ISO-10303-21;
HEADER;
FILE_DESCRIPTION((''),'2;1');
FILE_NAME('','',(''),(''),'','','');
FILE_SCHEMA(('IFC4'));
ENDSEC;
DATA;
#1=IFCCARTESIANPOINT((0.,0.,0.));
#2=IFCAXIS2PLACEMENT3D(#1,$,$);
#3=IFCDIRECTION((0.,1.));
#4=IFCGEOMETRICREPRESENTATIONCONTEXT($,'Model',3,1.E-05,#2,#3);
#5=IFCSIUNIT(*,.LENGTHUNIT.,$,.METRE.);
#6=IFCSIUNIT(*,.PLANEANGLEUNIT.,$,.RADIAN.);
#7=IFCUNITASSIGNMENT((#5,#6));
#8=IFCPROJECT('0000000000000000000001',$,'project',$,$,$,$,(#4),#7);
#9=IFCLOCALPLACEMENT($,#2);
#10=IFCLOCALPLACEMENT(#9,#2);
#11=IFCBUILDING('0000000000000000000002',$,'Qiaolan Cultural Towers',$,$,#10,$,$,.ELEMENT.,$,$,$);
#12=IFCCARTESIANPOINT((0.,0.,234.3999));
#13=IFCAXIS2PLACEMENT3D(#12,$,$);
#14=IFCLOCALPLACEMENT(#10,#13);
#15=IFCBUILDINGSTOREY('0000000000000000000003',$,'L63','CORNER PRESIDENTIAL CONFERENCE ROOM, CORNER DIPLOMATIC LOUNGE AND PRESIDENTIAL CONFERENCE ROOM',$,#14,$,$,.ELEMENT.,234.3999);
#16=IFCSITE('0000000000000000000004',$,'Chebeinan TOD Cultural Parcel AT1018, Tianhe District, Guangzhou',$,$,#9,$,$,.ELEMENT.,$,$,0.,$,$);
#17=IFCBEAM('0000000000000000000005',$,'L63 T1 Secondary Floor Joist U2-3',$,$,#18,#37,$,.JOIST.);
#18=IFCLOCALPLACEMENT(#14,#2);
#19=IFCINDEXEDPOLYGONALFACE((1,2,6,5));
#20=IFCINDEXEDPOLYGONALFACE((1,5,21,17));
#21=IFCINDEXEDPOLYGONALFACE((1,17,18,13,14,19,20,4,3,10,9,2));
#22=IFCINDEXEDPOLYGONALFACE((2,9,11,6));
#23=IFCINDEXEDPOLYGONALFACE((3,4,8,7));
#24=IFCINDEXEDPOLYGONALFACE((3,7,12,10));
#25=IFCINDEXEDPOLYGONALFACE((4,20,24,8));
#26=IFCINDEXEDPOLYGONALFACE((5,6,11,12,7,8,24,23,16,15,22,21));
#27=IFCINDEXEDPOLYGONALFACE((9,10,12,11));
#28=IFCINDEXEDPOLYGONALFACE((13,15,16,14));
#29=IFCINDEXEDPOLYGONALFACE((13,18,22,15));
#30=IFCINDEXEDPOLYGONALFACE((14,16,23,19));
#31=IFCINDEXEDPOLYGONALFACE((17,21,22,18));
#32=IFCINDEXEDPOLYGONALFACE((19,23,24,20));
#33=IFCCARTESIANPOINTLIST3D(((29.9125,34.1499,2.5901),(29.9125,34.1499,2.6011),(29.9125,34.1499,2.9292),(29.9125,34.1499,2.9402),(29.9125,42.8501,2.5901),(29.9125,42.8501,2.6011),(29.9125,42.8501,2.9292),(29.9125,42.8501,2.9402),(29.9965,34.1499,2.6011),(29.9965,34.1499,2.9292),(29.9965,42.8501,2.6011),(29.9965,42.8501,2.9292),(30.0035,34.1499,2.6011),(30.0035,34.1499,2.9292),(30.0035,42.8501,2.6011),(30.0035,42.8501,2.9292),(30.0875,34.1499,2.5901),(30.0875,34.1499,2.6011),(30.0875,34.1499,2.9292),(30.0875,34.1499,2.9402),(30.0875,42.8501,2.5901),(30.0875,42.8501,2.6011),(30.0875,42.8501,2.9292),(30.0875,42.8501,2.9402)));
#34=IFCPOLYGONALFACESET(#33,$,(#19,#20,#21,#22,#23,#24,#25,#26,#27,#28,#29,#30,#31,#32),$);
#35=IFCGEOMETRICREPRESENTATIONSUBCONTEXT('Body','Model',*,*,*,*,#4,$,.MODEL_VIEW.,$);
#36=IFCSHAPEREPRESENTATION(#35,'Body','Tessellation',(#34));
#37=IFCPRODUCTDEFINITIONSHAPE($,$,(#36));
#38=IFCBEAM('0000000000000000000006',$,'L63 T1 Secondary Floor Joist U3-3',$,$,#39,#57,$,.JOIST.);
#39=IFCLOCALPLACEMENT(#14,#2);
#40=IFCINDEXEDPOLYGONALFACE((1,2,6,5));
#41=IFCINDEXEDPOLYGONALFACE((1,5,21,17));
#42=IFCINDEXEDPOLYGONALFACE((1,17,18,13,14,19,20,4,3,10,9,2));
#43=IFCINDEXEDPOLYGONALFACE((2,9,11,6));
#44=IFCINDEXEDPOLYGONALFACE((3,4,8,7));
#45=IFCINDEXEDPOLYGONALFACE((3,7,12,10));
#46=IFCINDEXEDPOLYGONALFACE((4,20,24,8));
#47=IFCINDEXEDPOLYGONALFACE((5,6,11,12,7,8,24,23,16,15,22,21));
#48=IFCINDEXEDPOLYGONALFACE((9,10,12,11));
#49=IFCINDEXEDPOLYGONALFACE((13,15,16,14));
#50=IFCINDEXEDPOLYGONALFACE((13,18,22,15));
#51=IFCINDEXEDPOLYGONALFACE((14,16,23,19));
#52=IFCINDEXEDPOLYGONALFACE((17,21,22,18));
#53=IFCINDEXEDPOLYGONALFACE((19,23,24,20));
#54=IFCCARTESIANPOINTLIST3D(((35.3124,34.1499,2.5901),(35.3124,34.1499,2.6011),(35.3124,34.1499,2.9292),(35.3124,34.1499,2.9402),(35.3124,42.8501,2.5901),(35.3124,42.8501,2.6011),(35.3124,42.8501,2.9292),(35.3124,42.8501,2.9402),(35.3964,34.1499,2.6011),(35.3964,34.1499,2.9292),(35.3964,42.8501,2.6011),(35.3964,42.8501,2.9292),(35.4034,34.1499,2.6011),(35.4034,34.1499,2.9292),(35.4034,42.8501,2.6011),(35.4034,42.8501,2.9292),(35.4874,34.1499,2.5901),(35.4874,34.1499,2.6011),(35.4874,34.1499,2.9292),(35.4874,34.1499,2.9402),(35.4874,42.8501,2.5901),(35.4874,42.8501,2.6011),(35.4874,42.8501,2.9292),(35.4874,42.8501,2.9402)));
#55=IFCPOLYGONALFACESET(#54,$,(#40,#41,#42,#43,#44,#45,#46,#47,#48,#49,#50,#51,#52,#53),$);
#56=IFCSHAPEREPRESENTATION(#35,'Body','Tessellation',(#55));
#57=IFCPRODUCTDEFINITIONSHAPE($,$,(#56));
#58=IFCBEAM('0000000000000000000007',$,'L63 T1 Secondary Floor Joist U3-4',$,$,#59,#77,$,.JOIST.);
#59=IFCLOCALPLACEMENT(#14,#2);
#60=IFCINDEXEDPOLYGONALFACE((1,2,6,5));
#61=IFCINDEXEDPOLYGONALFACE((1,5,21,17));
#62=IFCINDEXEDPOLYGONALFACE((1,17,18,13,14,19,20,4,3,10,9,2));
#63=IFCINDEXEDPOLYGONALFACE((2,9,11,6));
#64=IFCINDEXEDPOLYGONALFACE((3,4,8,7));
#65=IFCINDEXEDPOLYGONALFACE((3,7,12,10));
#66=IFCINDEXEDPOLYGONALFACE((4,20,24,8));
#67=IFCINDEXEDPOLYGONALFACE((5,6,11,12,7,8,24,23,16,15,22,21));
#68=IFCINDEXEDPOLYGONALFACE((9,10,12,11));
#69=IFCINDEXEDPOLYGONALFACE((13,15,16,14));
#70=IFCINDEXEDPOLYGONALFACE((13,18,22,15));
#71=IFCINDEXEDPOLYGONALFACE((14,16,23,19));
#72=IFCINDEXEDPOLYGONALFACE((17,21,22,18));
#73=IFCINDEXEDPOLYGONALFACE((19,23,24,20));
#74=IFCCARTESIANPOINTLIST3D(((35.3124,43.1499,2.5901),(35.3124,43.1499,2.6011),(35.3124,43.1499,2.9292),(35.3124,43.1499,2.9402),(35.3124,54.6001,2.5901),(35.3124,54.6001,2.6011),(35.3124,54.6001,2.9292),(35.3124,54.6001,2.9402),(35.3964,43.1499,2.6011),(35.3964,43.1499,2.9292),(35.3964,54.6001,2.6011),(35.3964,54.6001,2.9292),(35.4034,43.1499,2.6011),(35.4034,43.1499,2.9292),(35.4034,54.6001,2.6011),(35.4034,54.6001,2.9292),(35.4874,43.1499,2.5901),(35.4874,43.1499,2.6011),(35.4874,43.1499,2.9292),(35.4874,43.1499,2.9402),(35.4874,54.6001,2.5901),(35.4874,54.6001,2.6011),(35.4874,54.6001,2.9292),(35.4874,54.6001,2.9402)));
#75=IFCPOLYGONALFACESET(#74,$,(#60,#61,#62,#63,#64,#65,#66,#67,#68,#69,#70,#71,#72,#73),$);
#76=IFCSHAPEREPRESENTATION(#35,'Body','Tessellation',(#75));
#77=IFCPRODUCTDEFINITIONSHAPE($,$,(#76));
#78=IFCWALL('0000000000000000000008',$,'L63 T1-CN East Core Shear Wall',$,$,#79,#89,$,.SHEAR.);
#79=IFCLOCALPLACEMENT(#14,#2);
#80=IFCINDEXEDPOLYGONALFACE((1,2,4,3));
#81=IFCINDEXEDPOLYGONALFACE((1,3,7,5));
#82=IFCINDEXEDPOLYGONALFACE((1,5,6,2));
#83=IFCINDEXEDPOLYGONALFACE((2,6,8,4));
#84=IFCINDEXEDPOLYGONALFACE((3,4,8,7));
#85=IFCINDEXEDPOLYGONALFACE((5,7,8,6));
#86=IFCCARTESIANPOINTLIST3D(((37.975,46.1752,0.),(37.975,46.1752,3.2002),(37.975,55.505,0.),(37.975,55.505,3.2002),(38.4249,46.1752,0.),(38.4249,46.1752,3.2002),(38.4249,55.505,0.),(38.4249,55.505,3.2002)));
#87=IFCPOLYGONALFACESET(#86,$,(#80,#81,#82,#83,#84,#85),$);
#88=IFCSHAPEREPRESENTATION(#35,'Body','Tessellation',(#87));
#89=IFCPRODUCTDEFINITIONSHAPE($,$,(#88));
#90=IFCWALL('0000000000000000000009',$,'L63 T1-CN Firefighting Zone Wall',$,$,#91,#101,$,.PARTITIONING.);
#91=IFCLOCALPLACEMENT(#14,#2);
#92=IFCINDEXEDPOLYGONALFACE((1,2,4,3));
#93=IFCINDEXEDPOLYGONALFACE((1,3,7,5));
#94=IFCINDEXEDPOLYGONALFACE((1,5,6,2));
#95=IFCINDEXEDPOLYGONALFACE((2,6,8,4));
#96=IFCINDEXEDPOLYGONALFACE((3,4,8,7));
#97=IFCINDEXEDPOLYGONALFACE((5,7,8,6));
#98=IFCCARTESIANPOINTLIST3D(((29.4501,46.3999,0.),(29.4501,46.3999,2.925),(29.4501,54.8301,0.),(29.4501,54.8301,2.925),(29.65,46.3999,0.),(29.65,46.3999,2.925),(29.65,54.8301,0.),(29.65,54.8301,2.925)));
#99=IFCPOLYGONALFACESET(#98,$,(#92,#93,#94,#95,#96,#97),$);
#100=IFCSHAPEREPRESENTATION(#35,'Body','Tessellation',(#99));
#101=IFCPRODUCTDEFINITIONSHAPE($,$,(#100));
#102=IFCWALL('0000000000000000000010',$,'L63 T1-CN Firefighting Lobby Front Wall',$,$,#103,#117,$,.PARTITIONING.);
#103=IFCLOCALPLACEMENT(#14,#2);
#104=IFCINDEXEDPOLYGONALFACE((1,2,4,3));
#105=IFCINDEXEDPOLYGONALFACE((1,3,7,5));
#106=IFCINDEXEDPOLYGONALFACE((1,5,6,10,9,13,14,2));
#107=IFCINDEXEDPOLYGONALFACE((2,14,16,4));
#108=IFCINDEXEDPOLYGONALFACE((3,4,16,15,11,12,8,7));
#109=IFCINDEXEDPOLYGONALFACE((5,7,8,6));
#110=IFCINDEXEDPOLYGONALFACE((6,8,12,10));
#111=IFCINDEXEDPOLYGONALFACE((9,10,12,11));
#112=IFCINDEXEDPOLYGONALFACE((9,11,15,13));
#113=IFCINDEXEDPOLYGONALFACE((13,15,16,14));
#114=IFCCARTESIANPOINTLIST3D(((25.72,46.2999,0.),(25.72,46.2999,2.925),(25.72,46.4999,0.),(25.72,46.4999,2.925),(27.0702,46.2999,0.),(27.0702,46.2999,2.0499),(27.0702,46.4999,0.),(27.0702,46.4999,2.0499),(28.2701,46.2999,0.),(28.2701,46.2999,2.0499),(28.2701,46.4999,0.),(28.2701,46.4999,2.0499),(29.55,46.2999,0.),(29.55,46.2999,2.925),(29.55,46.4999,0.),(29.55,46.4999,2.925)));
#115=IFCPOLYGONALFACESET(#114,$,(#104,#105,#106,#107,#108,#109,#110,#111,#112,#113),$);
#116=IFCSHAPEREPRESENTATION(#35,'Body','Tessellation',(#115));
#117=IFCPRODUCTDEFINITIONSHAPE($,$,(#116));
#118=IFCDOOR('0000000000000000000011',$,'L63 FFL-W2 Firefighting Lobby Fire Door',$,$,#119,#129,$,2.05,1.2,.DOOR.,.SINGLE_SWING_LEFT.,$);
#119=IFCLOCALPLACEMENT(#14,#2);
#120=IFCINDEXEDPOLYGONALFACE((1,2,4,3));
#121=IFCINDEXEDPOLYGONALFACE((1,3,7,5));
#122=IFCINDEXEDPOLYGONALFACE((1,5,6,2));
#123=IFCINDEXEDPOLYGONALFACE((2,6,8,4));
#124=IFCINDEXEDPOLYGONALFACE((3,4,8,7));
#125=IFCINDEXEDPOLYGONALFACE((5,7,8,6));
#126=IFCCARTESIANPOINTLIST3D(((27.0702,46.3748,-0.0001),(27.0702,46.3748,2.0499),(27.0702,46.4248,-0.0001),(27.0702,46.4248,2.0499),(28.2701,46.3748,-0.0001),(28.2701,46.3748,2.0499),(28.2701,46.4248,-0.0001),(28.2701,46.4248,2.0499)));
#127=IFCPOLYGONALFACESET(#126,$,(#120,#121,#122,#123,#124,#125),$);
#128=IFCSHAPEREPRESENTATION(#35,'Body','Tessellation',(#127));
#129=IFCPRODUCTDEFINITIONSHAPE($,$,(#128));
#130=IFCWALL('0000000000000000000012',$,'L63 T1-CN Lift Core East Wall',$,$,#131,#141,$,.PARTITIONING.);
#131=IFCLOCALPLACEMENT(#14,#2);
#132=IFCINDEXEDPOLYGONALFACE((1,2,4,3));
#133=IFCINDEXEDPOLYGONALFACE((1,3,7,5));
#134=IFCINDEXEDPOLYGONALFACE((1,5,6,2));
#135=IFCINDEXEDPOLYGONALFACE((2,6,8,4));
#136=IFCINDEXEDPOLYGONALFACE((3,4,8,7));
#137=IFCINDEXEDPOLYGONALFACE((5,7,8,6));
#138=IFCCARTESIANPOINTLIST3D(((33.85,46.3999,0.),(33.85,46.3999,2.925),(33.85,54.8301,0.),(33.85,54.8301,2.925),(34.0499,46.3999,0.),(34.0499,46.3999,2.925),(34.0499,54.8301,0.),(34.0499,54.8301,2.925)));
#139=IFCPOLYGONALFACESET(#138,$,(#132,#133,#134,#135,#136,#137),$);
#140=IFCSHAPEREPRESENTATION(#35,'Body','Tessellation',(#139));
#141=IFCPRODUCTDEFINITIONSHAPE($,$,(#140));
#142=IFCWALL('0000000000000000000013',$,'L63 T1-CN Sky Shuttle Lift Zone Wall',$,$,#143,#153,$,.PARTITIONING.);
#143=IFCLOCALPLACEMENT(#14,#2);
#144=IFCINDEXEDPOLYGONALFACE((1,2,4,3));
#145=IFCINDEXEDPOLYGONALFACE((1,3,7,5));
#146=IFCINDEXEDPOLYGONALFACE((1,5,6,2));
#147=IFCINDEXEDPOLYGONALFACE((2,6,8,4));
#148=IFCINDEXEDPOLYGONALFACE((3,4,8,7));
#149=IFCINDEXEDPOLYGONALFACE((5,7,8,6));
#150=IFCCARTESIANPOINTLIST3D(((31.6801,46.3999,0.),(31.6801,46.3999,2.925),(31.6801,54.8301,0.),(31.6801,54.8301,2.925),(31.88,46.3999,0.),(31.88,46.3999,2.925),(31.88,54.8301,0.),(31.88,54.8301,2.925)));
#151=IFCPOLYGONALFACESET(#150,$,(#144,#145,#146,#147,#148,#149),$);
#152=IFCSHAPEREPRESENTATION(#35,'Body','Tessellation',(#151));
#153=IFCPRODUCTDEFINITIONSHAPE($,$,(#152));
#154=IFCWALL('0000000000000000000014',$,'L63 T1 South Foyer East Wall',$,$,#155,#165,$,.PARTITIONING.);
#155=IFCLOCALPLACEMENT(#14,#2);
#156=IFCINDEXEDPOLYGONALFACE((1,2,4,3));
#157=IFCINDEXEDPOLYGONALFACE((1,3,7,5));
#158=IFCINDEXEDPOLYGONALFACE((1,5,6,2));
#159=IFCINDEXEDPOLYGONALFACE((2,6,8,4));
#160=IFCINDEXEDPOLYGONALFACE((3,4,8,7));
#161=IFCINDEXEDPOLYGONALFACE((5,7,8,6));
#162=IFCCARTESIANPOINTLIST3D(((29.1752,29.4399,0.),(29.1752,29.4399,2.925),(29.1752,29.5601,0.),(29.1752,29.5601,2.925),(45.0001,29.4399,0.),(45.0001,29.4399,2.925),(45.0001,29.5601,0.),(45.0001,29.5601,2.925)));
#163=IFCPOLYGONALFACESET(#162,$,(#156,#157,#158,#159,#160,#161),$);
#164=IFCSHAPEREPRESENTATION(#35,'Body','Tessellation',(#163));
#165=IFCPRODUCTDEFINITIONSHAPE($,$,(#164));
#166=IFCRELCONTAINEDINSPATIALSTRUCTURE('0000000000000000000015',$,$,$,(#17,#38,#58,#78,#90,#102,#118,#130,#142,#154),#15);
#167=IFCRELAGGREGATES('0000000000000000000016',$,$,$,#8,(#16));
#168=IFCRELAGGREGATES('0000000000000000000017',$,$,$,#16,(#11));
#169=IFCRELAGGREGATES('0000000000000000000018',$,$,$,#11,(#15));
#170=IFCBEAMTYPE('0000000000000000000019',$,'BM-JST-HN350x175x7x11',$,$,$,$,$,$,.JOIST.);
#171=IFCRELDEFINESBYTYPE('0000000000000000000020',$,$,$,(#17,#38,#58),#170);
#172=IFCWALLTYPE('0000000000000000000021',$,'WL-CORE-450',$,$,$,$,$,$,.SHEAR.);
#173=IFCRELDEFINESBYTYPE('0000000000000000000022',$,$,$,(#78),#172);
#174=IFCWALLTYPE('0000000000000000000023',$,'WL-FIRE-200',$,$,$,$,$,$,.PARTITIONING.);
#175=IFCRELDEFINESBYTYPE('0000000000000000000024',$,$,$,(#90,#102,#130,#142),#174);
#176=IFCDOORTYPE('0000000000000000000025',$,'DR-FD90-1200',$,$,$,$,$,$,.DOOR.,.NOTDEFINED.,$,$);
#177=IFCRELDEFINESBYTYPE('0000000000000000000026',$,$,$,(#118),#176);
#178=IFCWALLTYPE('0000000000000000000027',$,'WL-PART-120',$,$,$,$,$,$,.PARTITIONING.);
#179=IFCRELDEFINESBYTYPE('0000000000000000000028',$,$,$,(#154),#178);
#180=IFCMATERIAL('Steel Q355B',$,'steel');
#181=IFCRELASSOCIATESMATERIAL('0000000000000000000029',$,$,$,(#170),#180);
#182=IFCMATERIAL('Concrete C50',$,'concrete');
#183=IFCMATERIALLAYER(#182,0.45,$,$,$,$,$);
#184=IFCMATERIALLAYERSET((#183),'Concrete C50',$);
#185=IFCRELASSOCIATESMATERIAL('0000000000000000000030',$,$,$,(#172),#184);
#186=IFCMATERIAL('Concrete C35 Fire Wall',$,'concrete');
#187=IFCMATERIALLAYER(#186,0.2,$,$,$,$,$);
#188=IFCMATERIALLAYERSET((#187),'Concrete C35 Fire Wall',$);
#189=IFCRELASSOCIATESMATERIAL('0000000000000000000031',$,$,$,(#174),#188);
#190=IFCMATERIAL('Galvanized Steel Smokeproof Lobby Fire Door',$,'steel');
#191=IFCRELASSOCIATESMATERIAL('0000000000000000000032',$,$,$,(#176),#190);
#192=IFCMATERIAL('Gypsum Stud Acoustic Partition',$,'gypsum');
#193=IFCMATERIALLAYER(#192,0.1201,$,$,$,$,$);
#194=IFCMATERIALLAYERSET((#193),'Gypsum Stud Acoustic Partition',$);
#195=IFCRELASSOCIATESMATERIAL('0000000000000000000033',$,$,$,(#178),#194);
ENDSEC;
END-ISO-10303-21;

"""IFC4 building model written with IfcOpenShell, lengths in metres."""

from ifc_helpers import new_model, si_unit, direction, frame, frame_2d, origin, origin_2d, place, context, subcontext, project, spatial, rectangle, i_section, extrude, material, layer, layer_set, material_profile, profile_set, type_object, element, fill, save


model = new_model("IFC4")

# Units and contexts
model_context = context("Model", 3, precision=1e-05, world=origin(), true_north=direction((0.0, 1.0)))
body_context = subcontext(model_context, "Body", "Model", "MODEL_VIEW")
ifc_project = project(units=[si_unit("LENGTHUNIT", "METRE"), si_unit("PLANEANGLEUNIT", "RADIAN")], contexts=[model_context])

# Site, building, storey
site_placement = place(None, origin())
site = spatial("IfcSite", under=ifc_project, at=site_placement, Name="Chebeinan TOD Cultural Parcel AT1018, Tianhe District, Guangzhou", CompositionType="ELEMENT", RefElevation=0.0)
building_placement = place(site_placement, origin())
building = spatial("IfcBuilding", under=site, at=building_placement, Name="Qiaolan Cultural Towers", CompositionType="ELEMENT")
storey_placement = place(building_placement, frame((0.0, 0.0, 234.3999)))
storey = spatial("IfcBuildingStorey", under=building, at=storey_placement, Name="L63", Description="CORNER PRESIDENTIAL CONFERENCE ROOM, CORNER DIPLOMATIC LOUNGE AND PRESIDENTIAL CONFERENCE ROOM", CompositionType="ELEMENT", Elevation=234.3999)

# Beams
ifc_material_1 = material(Name="Steel Q355B", Category="steel")
ifc_material_profile = material_profile(ifc_material_1, i_section(OverallWidth=0.175, OverallDepth=0.3501, WebThickness=0.0071, FlangeThickness=0.011, at=origin_2d()), Name="HN350x175x7x11")
ifc_profile_set = profile_set([ifc_material_profile], Name="Steel Q355B")
beam_type = type_object("IfcBeamType", Name="BM-JST-HN350x175x7x11", PredefinedType="JOIST", material=ifc_profile_set)
for number, where, z_axis, x_axis, name in (
    (1, (30.0, 34.1499, 2.7651), (0.0, 1.0, 0.0), (-1.0, 0.0, 0.0), "L63 T1 Secondary Floor Joist U2-3"),
    (2, (35.3999, 34.1499, 2.7651), (0.0, 1.0, 0.0), (-1.0, 0.0, 0.0), "L63 T1 Secondary Floor Joist U3-3"),
):
    element("IfcBeam", number, at=place(storey_placement, frame(where, z_axis=z_axis, x_axis=x_axis)), inside=storey, type_object=beam_type, Name=name, PredefinedType="JOIST", context=body_context, shape_type="SweptSolid", body=[
        extrude(i_section(OverallWidth=0.175, OverallDepth=0.3501, WebThickness=0.0071, FlangeThickness=0.011, at=origin_2d()), origin(), (0.0, 0.0, 1.0), 8.7002),
    ])
beam_placement = place(storey_placement, frame((35.3999, 43.1499, 2.7651), z_axis=(0.0, 1.0, 0.0), x_axis=(-1.0, 0.0, 0.0)))
element("IfcBeam", 3, at=beam_placement, inside=storey, type_object=beam_type, Name="L63 T1 Secondary Floor Joist U3-4", PredefinedType="JOIST", context=body_context, shape_type="SweptSolid", body=[
    extrude(i_section(OverallWidth=0.175, OverallDepth=0.3501, WebThickness=0.0071, FlangeThickness=0.011, at=origin_2d()), origin(), (0.0, 0.0, 1.0), 11.4502),
])

# Walls
ifc_material_2 = material(Name="Concrete C50", Category="concrete")
ifc_layer_1 = layer(ifc_material_2, 0.45)
ifc_layer_set_1 = layer_set([ifc_layer_1], Name="Concrete C50")
wall_type_1 = type_object("IfcWallType", Name="WL-CORE-450", PredefinedType="SHEAR", material=ifc_layer_set_1)
wall_1_placement = place(storey_placement, frame((38.2, 46.175, 0.0), z_axis=(0.0, 0.0, 1.0), x_axis=(0.0, 1.0, 0.0)))
element("IfcWall", 4, at=wall_1_placement, inside=storey, type_object=wall_type_1, Name="L63 T1-CN East Core Shear Wall", PredefinedType="SHEAR", context=body_context, shape_type="SweptSolid", body=[
    extrude(rectangle(XDim=9.3298, YDim=0.45, at=frame_2d((4.665, 0.0))), origin(), (0.0, 0.0, 1.0), 3.2002),
])
ifc_material_3 = material(Name="Concrete C35 Fire Wall", Category="concrete")
ifc_layer_2 = layer(ifc_material_3, 0.2)
ifc_layer_set_2 = layer_set([ifc_layer_2], Name="Concrete C35 Fire Wall")
wall_type_2 = type_object("IfcWallType", Name="WL-FIRE-200", PredefinedType="PARTITIONING", material=ifc_layer_set_2)
wall_2_placement = place(storey_placement, frame((29.55, 46.3999, 0.0), z_axis=(0.0, 0.0, 1.0), x_axis=(0.0, 1.0, 0.0)))
element("IfcWall", 5, at=wall_2_placement, inside=storey, type_object=wall_type_2, Name="L63 T1-CN Firefighting Zone Wall", PredefinedType="PARTITIONING", context=body_context, shape_type="SweptSolid", body=[
    extrude(rectangle(XDim=8.4302, YDim=0.2, at=frame_2d((4.2151, 0.0))), origin(), (0.0, 0.0, 1.0), 2.925),
])

# Wall, opening, door
wall_3_placement = place(storey_placement, frame((25.72, 46.3999, 0.0), z_axis=(0.0, 0.0, 1.0), x_axis=(1.0, 0.0, 0.0)))
wall_3 = element("IfcWall", 6, at=wall_3_placement, inside=storey, type_object=wall_type_2, Name="L63 T1-CN Firefighting Lobby Front Wall", PredefinedType="PARTITIONING", context=body_context, shape_type="SweptSolid", body=[
    extrude(rectangle(XDim=3.8301, YDim=0.2, at=frame_2d((1.915, 0.0))), origin(), (0.0, 0.0, 1.0), 2.925),
])
opening_1_placement = place(wall_3_placement, frame((1.3501, 0.0, 0.0)))
opening_1 = element("IfcOpeningElement", 7, at=opening_1_placement, cuts=wall_3, PredefinedType="OPENING", context=body_context, shape_type="SweptSolid", body=[
    extrude(rectangle(XDim=1.2, YDim=2.05, at=frame_2d((0.6001, 1.0249))), frame((0.0, 0.1099, 0.0), z_axis=(0.0, -1.0, 0.0), x_axis=(1.0, 0.0, 0.0)), (0.0, 0.0, 1.0), 0.22),
])
ifc_material_4 = material(Name="Galvanized Steel Smokeproof Lobby Fire Door", Category="steel")
door_type_1 = type_object("IfcDoorType", Name="DR-FD90-1200", OperationType="NOTDEFINED", PredefinedType="DOOR", material=ifc_material_4)
door_1_placement = place(opening_1_placement, origin())
door_1 = element("IfcDoor", 8, at=door_1_placement, inside=storey, type_object=door_type_1, Name="L63 FFL-W2 Firefighting Lobby Fire Door", OperationType="SINGLE_SWING_LEFT", OverallHeight=2.05, OverallWidth=1.2, PredefinedType="DOOR", context=body_context, shape_type="SweptSolid", body=[
    extrude(rectangle(XDim=1.2, YDim=2.05, at=frame_2d((0.6001, 1.0249))), frame((0.0, 0.0249, 0.0), z_axis=(0.0, -1.0, 0.0), x_axis=(1.0, 0.0, 0.0)), (0.0, 0.0, 1.0), 0.05),
])
fill(opening_1, door_1)

# Walls
for number, where, z_axis, x_axis, name in (
    (9, (33.95, 46.3999, 0.0), (0.0, 0.0, 1.0), (0.0, 1.0, 0.0), "L63 T1-CN Lift Core East Wall"),
    (10, (31.78, 46.3999, 0.0), (0.0, 0.0, 1.0), (0.0, 1.0, 0.0), "L63 T1-CN Sky Shuttle Lift Zone Wall"),
):
    element("IfcWall", number, at=place(storey_placement, frame(where, z_axis=z_axis, x_axis=x_axis)), inside=storey, type_object=wall_type_2, Name=name, PredefinedType="PARTITIONING", context=body_context, shape_type="SweptSolid", body=[
        extrude(rectangle(XDim=8.4302, YDim=0.2, at=frame_2d((4.2151, 0.0))), origin(), (0.0, 0.0, 1.0), 2.925),
    ])
ifc_material_5 = material(Name="Gypsum Stud Acoustic Partition", Category="gypsum")
ifc_layer_3 = layer(ifc_material_5, 0.1201)
ifc_layer_set_3 = layer_set([ifc_layer_3], Name="Gypsum Stud Acoustic Partition")
wall_type_3 = type_object("IfcWallType", Name="WL-PART-120", PredefinedType="PARTITIONING", material=ifc_layer_set_3)
wall_4_placement = place(storey_placement, frame((29.175, 29.5, 0.0), z_axis=(0.0, 0.0, 1.0), x_axis=(1.0, 0.0, 0.0)))
element("IfcWall", 11, at=wall_4_placement, inside=storey, type_object=wall_type_3, Name="L63 T1 South Foyer East Wall", PredefinedType="PARTITIONING", context=body_context, shape_type="SweptSolid", body=[
    extrude(rectangle(XDim=15.825, YDim=0.1201, at=frame_2d((7.9126, 0.0))), origin(), (0.0, 0.0, 1.0), 2.925),
])

save(model, "model.ifc")
